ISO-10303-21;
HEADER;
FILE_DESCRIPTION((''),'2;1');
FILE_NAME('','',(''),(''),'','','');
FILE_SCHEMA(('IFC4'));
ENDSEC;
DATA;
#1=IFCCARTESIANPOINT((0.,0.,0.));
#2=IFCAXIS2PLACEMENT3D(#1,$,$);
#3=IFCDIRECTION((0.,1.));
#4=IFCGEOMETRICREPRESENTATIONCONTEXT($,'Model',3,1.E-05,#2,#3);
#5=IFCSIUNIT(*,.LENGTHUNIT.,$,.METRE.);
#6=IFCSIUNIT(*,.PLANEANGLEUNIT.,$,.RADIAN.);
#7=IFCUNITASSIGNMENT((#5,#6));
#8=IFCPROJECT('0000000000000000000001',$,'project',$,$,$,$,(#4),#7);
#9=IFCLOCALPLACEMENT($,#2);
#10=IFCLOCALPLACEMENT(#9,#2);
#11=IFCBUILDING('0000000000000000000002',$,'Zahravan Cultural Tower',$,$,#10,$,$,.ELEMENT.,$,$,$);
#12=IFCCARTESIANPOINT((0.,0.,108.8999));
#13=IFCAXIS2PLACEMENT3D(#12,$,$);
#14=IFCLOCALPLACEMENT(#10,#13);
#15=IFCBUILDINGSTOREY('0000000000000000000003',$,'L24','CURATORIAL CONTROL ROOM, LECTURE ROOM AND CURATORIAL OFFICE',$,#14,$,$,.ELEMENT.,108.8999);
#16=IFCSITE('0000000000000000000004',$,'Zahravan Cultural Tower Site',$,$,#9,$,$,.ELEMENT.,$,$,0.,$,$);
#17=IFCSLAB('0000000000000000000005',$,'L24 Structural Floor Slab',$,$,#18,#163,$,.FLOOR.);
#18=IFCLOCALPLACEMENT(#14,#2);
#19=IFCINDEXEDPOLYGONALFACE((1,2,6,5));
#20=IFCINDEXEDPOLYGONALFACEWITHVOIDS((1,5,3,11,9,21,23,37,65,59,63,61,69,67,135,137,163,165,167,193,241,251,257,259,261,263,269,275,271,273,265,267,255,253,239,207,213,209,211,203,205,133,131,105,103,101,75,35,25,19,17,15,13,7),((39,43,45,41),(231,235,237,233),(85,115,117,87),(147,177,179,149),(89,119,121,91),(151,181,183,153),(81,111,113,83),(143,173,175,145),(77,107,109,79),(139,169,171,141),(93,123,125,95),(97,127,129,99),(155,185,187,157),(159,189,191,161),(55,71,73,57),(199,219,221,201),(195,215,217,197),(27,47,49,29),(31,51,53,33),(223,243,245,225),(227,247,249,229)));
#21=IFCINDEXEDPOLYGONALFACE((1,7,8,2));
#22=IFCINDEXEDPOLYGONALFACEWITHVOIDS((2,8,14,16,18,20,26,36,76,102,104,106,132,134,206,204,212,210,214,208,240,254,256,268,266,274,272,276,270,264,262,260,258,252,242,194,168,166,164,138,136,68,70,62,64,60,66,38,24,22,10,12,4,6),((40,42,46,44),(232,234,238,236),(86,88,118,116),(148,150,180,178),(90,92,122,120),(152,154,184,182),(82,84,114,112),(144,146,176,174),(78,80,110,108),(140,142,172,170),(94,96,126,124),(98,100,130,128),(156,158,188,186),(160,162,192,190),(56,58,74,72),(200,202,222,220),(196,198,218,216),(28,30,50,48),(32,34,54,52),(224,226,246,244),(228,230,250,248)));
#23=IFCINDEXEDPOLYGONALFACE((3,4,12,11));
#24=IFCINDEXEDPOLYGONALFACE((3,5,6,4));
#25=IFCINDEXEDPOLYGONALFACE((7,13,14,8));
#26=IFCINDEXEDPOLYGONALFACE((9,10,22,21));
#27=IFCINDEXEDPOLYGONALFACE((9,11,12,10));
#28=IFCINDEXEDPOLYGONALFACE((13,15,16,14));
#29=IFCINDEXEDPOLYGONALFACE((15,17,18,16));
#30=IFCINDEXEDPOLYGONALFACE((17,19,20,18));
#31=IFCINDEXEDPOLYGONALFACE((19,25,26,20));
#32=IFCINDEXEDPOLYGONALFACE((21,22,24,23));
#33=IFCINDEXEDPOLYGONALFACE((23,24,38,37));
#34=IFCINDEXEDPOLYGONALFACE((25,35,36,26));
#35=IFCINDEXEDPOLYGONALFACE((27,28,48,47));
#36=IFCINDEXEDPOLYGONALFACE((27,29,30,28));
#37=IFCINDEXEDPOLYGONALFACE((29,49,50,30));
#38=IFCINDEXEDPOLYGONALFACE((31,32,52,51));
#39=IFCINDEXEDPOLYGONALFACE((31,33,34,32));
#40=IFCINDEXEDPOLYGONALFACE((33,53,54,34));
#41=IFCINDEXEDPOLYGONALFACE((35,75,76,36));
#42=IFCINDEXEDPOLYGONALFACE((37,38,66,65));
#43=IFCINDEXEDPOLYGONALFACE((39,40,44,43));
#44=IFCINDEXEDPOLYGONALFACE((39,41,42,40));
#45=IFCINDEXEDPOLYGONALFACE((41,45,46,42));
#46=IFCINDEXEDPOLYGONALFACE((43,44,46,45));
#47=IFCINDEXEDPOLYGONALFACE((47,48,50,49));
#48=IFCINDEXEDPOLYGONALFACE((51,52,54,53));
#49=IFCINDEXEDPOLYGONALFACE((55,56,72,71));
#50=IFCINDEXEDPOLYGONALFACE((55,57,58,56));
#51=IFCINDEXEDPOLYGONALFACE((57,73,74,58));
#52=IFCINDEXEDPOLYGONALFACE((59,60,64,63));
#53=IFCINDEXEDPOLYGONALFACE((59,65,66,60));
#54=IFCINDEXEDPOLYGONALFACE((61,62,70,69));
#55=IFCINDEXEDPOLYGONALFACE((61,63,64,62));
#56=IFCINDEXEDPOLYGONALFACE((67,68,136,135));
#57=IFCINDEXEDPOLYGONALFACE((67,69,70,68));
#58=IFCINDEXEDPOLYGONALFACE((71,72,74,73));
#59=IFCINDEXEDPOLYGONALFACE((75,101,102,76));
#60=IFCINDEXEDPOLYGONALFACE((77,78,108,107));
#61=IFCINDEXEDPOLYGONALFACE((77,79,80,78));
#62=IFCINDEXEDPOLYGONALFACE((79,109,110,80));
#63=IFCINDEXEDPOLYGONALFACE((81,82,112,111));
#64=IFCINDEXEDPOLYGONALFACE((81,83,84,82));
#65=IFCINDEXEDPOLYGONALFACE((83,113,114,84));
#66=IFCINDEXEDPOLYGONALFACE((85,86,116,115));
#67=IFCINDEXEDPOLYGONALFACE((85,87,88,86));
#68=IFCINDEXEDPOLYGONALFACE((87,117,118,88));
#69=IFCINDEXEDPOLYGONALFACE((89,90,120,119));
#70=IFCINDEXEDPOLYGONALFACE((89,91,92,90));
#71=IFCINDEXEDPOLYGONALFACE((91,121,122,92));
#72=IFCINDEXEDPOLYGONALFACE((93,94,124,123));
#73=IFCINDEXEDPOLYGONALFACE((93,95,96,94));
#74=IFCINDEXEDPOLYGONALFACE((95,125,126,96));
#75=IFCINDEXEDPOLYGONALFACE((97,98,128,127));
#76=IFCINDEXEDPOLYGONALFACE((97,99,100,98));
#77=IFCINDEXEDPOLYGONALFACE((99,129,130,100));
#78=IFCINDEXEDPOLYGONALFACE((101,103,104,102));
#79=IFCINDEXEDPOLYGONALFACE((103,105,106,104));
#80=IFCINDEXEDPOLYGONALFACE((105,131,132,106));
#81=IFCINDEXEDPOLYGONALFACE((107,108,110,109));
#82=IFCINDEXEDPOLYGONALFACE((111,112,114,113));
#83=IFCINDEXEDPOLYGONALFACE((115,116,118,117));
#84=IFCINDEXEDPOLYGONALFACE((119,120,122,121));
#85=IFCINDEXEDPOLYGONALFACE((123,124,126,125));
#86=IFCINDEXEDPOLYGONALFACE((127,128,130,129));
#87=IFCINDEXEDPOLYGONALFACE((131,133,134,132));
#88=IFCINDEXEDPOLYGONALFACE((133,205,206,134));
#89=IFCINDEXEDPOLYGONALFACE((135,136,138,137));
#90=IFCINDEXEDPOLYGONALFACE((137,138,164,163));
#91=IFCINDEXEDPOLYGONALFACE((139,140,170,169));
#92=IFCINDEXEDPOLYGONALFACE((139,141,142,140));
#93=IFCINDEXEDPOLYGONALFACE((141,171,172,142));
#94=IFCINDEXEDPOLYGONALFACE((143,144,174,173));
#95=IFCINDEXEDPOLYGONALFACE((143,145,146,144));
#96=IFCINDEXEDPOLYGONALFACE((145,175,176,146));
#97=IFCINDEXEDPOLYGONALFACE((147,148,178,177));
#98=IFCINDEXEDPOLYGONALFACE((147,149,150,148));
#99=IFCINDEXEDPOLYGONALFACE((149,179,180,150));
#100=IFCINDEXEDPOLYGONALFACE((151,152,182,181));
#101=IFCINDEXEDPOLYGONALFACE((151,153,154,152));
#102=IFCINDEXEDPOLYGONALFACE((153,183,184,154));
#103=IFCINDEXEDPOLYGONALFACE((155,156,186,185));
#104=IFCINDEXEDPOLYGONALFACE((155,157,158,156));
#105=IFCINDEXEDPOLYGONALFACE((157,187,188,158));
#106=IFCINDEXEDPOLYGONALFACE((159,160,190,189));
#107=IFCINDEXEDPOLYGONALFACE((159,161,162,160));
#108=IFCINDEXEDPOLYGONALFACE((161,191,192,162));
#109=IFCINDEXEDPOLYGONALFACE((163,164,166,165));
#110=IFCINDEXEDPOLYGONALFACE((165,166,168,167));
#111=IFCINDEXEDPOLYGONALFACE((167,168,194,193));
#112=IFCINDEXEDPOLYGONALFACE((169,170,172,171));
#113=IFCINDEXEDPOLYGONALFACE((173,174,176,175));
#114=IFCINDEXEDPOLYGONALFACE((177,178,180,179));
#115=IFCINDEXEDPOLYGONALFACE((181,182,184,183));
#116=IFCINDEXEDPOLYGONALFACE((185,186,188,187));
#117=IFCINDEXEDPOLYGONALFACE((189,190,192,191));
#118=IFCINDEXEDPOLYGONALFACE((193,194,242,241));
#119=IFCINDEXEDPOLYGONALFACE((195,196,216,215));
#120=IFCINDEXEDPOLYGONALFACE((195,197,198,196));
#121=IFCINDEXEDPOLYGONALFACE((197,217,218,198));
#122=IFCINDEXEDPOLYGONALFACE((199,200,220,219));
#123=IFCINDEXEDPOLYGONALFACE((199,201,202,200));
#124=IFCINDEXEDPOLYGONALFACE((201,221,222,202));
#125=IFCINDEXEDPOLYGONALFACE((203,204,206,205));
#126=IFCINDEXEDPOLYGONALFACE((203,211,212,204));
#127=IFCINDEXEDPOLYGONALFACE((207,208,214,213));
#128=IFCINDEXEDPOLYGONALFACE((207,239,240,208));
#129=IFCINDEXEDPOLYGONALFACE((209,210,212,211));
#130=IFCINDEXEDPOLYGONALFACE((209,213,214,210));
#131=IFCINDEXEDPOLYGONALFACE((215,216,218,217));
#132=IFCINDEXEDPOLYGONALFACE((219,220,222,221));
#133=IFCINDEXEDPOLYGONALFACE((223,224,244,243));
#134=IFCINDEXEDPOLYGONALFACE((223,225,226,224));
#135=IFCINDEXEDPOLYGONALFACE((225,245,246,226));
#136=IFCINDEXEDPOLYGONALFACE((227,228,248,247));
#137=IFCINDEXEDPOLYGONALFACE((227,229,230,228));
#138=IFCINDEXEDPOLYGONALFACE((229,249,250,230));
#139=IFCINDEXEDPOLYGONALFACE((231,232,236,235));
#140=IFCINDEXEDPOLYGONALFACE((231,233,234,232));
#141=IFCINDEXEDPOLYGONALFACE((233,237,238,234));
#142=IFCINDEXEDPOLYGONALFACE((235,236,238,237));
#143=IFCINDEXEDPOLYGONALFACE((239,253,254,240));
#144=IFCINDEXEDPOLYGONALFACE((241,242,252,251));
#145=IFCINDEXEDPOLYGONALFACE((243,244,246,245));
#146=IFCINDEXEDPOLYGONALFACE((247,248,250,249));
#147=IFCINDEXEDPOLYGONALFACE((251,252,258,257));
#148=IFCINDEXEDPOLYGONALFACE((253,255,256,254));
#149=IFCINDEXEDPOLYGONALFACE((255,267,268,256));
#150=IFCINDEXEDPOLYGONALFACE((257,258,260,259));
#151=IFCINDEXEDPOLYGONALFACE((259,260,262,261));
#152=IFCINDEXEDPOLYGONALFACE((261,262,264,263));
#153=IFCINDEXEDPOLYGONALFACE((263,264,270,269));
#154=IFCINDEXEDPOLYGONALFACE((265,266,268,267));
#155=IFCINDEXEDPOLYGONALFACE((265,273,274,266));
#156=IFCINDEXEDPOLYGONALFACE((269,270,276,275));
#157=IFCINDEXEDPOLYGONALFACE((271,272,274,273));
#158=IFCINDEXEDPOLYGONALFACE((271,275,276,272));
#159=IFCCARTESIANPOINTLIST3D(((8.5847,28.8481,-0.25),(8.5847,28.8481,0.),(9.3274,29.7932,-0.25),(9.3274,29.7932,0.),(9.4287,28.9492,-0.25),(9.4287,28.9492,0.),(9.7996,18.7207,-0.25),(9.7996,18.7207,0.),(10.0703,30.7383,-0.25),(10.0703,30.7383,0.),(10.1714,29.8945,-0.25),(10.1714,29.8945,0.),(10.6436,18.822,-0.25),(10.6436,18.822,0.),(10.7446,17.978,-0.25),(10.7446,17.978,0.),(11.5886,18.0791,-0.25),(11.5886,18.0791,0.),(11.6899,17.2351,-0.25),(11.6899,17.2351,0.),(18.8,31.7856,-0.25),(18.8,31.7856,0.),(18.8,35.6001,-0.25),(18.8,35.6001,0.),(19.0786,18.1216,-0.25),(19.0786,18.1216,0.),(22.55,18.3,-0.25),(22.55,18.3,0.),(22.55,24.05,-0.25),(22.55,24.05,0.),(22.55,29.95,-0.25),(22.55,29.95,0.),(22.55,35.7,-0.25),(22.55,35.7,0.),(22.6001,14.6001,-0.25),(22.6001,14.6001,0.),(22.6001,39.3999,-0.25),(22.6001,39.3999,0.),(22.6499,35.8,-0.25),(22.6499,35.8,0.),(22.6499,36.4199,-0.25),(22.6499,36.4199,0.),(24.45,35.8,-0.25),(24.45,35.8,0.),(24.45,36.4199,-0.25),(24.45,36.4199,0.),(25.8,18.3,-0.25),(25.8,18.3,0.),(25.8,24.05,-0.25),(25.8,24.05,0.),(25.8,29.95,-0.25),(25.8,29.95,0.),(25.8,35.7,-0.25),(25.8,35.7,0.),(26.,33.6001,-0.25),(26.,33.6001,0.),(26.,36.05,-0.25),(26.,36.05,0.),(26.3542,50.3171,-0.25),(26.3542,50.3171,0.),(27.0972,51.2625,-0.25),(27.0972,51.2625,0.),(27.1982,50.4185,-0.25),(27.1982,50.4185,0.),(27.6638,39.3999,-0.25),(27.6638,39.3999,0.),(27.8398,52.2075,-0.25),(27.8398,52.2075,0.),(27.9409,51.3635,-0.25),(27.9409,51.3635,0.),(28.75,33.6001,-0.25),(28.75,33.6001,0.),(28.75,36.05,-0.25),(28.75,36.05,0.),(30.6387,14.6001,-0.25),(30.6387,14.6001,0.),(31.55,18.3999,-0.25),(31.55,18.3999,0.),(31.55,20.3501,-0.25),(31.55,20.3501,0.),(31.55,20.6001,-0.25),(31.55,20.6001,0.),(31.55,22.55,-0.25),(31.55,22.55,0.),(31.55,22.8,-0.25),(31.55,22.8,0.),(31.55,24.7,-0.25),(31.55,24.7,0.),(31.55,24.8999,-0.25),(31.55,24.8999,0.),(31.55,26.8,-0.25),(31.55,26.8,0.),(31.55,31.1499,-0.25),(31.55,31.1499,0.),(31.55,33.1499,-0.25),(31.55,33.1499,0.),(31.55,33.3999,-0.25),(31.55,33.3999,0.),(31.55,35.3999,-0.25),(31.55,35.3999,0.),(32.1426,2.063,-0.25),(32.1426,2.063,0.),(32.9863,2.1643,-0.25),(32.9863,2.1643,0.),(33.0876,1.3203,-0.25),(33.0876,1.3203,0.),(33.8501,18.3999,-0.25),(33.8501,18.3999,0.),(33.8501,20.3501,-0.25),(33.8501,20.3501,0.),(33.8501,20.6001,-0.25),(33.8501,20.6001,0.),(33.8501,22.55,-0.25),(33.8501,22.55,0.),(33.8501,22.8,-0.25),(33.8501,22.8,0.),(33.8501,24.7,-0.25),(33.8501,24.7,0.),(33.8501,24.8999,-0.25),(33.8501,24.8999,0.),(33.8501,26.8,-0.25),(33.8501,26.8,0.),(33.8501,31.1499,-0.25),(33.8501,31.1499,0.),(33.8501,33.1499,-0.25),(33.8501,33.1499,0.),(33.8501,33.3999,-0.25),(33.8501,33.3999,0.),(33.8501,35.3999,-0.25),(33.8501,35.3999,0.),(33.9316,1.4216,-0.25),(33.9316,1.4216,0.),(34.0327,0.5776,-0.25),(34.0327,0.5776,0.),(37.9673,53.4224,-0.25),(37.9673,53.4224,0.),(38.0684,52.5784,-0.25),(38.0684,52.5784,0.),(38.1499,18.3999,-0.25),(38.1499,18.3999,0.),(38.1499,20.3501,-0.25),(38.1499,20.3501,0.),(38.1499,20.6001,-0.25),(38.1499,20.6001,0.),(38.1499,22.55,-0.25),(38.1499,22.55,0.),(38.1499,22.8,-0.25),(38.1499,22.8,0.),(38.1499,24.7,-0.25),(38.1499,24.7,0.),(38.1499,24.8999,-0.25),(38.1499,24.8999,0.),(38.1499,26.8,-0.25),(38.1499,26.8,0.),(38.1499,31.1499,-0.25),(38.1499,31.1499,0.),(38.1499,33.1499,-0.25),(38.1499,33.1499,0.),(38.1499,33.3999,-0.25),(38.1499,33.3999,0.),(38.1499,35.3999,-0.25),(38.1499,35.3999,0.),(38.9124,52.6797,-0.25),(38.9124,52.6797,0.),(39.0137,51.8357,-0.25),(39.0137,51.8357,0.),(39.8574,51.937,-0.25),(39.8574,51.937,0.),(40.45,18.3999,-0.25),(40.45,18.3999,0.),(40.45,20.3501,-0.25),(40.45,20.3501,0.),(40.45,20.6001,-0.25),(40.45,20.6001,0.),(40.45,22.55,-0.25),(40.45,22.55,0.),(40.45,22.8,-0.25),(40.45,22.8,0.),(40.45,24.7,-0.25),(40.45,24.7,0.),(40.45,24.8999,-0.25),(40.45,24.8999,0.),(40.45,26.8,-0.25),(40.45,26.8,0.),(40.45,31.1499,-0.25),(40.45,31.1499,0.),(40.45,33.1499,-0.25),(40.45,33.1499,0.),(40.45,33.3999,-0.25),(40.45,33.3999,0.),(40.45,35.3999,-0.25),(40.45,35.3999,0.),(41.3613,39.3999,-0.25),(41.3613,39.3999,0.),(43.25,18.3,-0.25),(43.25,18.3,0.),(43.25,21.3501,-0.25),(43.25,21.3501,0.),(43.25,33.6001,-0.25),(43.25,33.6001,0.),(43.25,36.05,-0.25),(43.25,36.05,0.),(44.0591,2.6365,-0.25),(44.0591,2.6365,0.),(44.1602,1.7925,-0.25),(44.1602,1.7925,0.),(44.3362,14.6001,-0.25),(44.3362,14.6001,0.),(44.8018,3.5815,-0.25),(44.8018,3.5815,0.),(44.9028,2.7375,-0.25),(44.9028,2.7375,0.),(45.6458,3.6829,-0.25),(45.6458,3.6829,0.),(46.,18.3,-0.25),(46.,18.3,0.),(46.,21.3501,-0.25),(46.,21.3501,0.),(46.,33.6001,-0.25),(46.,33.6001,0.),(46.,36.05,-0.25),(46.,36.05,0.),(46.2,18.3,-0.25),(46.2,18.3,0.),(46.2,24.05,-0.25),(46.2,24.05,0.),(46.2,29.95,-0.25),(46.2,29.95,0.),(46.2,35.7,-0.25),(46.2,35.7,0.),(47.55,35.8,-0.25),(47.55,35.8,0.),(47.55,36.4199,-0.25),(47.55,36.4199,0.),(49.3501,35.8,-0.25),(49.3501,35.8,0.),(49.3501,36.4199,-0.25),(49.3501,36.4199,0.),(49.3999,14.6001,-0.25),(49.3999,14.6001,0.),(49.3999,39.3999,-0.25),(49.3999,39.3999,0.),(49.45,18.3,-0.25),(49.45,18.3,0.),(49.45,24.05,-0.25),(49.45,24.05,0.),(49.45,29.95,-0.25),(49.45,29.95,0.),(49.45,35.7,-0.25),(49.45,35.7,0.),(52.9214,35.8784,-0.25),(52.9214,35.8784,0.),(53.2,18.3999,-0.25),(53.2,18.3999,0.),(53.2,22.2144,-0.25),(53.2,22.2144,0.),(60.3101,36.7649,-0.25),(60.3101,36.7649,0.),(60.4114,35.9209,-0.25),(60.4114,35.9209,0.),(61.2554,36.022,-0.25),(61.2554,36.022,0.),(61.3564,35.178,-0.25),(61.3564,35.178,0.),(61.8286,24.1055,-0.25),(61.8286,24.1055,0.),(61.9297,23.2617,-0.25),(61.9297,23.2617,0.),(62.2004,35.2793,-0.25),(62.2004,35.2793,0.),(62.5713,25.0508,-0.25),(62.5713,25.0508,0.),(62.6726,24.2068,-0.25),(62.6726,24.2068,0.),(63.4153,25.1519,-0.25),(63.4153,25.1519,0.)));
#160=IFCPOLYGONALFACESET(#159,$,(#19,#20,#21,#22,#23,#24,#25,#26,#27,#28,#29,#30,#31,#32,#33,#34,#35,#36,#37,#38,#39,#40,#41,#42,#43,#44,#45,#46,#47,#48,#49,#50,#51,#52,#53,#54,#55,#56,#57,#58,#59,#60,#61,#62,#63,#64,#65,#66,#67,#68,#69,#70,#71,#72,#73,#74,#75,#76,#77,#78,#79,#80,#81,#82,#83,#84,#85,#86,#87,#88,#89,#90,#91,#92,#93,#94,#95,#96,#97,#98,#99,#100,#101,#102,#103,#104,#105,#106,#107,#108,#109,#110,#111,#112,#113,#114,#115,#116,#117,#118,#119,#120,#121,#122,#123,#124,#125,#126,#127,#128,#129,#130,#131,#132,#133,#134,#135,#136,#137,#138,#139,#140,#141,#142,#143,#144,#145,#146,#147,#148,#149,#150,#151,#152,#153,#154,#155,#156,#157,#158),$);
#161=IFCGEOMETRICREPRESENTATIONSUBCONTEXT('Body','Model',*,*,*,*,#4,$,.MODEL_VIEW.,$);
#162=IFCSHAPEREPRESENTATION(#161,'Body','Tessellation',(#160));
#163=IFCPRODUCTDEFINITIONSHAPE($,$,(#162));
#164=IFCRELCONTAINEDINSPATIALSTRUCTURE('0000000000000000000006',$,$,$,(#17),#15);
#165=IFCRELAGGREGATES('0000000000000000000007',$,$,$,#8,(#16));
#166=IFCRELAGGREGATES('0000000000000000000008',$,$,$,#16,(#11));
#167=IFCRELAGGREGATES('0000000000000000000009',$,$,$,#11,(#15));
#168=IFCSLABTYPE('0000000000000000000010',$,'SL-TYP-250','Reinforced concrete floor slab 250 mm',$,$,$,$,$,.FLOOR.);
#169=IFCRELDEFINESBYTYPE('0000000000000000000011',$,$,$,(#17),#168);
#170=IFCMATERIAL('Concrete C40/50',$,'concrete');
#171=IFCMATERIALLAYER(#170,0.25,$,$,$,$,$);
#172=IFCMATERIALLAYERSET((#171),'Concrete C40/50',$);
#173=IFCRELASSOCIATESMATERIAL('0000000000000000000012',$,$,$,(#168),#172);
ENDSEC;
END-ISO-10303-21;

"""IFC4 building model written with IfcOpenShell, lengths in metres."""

from ifc_helpers import new_model, si_unit, direction, frame, origin, place, context, subcontext, project, spatial, polyline, outline, extrude, material, layer, layer_set, type_object, element, save


model = new_model("IFC4")

# Units and contexts
model_context = context("Model", 3, precision=1e-05, world=origin(), true_north=direction((0.0, 1.0)))
body_context = subcontext(model_context, "Body", "Model", "MODEL_VIEW")
ifc_project = project(units=[si_unit("LENGTHUNIT", "METRE"), si_unit("PLANEANGLEUNIT", "RADIAN")], contexts=[model_context])

# Site, building, storey
site_placement = place(None, origin())
site = spatial("IfcSite", under=ifc_project, at=site_placement, Name="Zahravan Cultural Tower Site", CompositionType="ELEMENT", RefElevation=0.0)
building_placement = place(site_placement, origin())
building = spatial("IfcBuilding", under=site, at=building_placement, Name="Zahravan Cultural Tower", CompositionType="ELEMENT")
storey_placement = place(building_placement, frame((0.0, 0.0, 108.8999)))
storey = spatial("IfcBuildingStorey", under=building, at=storey_placement, Name="L24", Description="CURATORIAL CONTROL ROOM, LECTURE ROOM AND CURATORIAL OFFICE", CompositionType="ELEMENT", Elevation=108.8999)

# Slab
ifc_material_1 = material(Name="Concrete C40/50", Category="concrete")
ifc_layer_1 = layer(ifc_material_1, 0.25)
ifc_layer_set_1 = layer_set([ifc_layer_1], Name="Concrete C40/50")
slab_type_1 = type_object("IfcSlabType", Name="SL-TYP-250", Description="Reinforced concrete floor slab 250 mm", PredefinedType="FLOOR", material=ifc_layer_set_1)
slab_1_placement = place(storey_placement, frame((0.0, 0.0, -0.25)))
element("IfcSlab", 1, at=slab_1_placement, inside=storey, type_object=slab_type_1, Name="L24 Structural Floor Slab", PredefinedType="FLOOR", context=body_context, shape_type="SweptSolid", body=[
    extrude(outline(polyline([(52.9214, 35.8784), (49.3999, 39.3999), (41.3613, 39.3999), (39.8574, 51.937), (39.0137, 51.8357), (38.9124, 52.6797), (38.0684, 52.5784), (37.9673, 53.4224), (27.8398, 52.2075), (27.9409, 51.3635), (27.0972, 51.2625), (27.1982, 50.4185), (26.3542, 50.3171), (27.6638, 39.3999), (22.6001, 39.3999), (18.8, 35.6001), (18.8, 31.7856), (10.0703, 30.7383), (10.1714, 29.8945), (9.3274, 29.7932), (9.4287, 28.9492), (8.5847, 28.8481), (9.7996, 18.7207), (10.6436, 18.822), (10.7446, 17.978), (11.5886, 18.0791), (11.6899, 17.2351), (19.0786, 18.1216), (22.6001, 14.6001), (30.6387, 14.6001), (32.1426, 2.063), (32.9863, 2.1643), (33.0876, 1.3203), (33.9316, 1.4216), (34.0327, 0.5776), (44.1602, 1.7925), (44.0591, 2.6365), (44.9028, 2.7375), (44.8018, 3.5815), (45.6458, 3.6829), (44.3362, 14.6001), (49.3999, 14.6001), (53.2, 18.3999), (53.2, 22.2144), (61.9297, 23.2617), (61.8286, 24.1055), (62.6726, 24.2068), (62.5713, 25.0508), (63.4153, 25.1519), (62.2004, 35.2793), (61.3564, 35.178), (61.2554, 36.022), (60.4114, 35.9209), (60.3101, 36.7649), (52.9214, 35.8784)]), holes=[polyline([(22.55, 29.95), (22.55, 35.7), (25.8, 35.7), (25.8, 29.95), (22.55, 29.95)]), polyline([(22.55, 18.3), (22.55, 24.05), (25.8, 24.05), (25.8, 18.3), (22.55, 18.3)]), polyline([(46.2, 29.95), (46.2, 35.7), (49.45, 35.7), (49.45, 29.95), (46.2, 29.95)]), polyline([(46.2, 18.3), (46.2, 24.05), (49.45, 24.05), (49.45, 18.3), (46.2, 18.3)]), polyline([(26.0, 33.6001), (26.0, 36.05), (28.75, 36.05), (28.75, 33.6001), (26.0, 33.6001)]), polyline([(43.25, 33.6001), (43.25, 36.05), (46.0, 36.05), (46.0, 33.6001), (43.25, 33.6001)]), polyline([(43.25, 18.3), (43.25, 21.3501), (46.0, 21.3501), (46.0, 18.3), (43.25, 18.3)]), polyline([(31.55, 33.3999), (31.55, 35.3999), (33.8501, 35.3999), (33.8501, 33.3999), (31.55, 33.3999)]), polyline([(31.55, 31.1499), (31.55, 33.1499), (33.8501, 33.1499), (33.8501, 31.1499), (31.55, 31.1499)]), polyline([(38.1499, 33.3999), (38.1499, 35.3999), (40.45, 35.3999), (40.45, 33.3999), (38.1499, 33.3999)]), polyline([(38.1499, 31.1499), (38.1499, 33.1499), (40.45, 33.1499), (40.45, 31.1499), (38.1499, 31.1499)]), polyline([(31.55, 20.6001), (31.55, 22.55), (33.8501, 22.55), (33.8501, 20.6001), (31.55, 20.6001)]), polyline([(31.55, 18.3999), (31.55, 20.3501), (33.8501, 20.3501), (33.8501, 18.3999), (31.55, 18.3999)]), polyline([(38.1499, 20.6001), (38.1499, 22.55), (40.45, 22.55), (40.45, 20.6001), (38.1499, 20.6001)]), polyline([(38.1499, 18.3999), (38.1499, 20.3501), (40.45, 20.3501), (40.45, 18.3999), (38.1499, 18.3999)]), polyline([(31.55, 24.8999), (31.55, 26.8), (33.8501, 26.8), (33.8501, 24.8999), (31.55, 24.8999)]), polyline([(31.55, 22.8), (31.55, 24.7), (33.8501, 24.7), (33.8501, 22.8), (31.55, 22.8)]), polyline([(38.1499, 24.8999), (38.1499, 26.8), (40.45, 26.8), (40.45, 24.8999), (38.1499, 24.8999)]), polyline([(38.1499, 22.8), (38.1499, 24.7), (40.45, 24.7), (40.45, 22.8), (38.1499, 22.8)]), polyline([(22.6499, 35.8), (22.6499, 36.4199), (24.45, 36.4199), (24.45, 35.8), (22.6499, 35.8)]), polyline([(47.55, 35.8), (47.55, 36.4199), (49.3501, 36.4199), (49.3501, 35.8), (47.55, 35.8)])]), origin(), (0.0, 0.0, 1.0), 0.25),
])

save(model, "model.ifc")
